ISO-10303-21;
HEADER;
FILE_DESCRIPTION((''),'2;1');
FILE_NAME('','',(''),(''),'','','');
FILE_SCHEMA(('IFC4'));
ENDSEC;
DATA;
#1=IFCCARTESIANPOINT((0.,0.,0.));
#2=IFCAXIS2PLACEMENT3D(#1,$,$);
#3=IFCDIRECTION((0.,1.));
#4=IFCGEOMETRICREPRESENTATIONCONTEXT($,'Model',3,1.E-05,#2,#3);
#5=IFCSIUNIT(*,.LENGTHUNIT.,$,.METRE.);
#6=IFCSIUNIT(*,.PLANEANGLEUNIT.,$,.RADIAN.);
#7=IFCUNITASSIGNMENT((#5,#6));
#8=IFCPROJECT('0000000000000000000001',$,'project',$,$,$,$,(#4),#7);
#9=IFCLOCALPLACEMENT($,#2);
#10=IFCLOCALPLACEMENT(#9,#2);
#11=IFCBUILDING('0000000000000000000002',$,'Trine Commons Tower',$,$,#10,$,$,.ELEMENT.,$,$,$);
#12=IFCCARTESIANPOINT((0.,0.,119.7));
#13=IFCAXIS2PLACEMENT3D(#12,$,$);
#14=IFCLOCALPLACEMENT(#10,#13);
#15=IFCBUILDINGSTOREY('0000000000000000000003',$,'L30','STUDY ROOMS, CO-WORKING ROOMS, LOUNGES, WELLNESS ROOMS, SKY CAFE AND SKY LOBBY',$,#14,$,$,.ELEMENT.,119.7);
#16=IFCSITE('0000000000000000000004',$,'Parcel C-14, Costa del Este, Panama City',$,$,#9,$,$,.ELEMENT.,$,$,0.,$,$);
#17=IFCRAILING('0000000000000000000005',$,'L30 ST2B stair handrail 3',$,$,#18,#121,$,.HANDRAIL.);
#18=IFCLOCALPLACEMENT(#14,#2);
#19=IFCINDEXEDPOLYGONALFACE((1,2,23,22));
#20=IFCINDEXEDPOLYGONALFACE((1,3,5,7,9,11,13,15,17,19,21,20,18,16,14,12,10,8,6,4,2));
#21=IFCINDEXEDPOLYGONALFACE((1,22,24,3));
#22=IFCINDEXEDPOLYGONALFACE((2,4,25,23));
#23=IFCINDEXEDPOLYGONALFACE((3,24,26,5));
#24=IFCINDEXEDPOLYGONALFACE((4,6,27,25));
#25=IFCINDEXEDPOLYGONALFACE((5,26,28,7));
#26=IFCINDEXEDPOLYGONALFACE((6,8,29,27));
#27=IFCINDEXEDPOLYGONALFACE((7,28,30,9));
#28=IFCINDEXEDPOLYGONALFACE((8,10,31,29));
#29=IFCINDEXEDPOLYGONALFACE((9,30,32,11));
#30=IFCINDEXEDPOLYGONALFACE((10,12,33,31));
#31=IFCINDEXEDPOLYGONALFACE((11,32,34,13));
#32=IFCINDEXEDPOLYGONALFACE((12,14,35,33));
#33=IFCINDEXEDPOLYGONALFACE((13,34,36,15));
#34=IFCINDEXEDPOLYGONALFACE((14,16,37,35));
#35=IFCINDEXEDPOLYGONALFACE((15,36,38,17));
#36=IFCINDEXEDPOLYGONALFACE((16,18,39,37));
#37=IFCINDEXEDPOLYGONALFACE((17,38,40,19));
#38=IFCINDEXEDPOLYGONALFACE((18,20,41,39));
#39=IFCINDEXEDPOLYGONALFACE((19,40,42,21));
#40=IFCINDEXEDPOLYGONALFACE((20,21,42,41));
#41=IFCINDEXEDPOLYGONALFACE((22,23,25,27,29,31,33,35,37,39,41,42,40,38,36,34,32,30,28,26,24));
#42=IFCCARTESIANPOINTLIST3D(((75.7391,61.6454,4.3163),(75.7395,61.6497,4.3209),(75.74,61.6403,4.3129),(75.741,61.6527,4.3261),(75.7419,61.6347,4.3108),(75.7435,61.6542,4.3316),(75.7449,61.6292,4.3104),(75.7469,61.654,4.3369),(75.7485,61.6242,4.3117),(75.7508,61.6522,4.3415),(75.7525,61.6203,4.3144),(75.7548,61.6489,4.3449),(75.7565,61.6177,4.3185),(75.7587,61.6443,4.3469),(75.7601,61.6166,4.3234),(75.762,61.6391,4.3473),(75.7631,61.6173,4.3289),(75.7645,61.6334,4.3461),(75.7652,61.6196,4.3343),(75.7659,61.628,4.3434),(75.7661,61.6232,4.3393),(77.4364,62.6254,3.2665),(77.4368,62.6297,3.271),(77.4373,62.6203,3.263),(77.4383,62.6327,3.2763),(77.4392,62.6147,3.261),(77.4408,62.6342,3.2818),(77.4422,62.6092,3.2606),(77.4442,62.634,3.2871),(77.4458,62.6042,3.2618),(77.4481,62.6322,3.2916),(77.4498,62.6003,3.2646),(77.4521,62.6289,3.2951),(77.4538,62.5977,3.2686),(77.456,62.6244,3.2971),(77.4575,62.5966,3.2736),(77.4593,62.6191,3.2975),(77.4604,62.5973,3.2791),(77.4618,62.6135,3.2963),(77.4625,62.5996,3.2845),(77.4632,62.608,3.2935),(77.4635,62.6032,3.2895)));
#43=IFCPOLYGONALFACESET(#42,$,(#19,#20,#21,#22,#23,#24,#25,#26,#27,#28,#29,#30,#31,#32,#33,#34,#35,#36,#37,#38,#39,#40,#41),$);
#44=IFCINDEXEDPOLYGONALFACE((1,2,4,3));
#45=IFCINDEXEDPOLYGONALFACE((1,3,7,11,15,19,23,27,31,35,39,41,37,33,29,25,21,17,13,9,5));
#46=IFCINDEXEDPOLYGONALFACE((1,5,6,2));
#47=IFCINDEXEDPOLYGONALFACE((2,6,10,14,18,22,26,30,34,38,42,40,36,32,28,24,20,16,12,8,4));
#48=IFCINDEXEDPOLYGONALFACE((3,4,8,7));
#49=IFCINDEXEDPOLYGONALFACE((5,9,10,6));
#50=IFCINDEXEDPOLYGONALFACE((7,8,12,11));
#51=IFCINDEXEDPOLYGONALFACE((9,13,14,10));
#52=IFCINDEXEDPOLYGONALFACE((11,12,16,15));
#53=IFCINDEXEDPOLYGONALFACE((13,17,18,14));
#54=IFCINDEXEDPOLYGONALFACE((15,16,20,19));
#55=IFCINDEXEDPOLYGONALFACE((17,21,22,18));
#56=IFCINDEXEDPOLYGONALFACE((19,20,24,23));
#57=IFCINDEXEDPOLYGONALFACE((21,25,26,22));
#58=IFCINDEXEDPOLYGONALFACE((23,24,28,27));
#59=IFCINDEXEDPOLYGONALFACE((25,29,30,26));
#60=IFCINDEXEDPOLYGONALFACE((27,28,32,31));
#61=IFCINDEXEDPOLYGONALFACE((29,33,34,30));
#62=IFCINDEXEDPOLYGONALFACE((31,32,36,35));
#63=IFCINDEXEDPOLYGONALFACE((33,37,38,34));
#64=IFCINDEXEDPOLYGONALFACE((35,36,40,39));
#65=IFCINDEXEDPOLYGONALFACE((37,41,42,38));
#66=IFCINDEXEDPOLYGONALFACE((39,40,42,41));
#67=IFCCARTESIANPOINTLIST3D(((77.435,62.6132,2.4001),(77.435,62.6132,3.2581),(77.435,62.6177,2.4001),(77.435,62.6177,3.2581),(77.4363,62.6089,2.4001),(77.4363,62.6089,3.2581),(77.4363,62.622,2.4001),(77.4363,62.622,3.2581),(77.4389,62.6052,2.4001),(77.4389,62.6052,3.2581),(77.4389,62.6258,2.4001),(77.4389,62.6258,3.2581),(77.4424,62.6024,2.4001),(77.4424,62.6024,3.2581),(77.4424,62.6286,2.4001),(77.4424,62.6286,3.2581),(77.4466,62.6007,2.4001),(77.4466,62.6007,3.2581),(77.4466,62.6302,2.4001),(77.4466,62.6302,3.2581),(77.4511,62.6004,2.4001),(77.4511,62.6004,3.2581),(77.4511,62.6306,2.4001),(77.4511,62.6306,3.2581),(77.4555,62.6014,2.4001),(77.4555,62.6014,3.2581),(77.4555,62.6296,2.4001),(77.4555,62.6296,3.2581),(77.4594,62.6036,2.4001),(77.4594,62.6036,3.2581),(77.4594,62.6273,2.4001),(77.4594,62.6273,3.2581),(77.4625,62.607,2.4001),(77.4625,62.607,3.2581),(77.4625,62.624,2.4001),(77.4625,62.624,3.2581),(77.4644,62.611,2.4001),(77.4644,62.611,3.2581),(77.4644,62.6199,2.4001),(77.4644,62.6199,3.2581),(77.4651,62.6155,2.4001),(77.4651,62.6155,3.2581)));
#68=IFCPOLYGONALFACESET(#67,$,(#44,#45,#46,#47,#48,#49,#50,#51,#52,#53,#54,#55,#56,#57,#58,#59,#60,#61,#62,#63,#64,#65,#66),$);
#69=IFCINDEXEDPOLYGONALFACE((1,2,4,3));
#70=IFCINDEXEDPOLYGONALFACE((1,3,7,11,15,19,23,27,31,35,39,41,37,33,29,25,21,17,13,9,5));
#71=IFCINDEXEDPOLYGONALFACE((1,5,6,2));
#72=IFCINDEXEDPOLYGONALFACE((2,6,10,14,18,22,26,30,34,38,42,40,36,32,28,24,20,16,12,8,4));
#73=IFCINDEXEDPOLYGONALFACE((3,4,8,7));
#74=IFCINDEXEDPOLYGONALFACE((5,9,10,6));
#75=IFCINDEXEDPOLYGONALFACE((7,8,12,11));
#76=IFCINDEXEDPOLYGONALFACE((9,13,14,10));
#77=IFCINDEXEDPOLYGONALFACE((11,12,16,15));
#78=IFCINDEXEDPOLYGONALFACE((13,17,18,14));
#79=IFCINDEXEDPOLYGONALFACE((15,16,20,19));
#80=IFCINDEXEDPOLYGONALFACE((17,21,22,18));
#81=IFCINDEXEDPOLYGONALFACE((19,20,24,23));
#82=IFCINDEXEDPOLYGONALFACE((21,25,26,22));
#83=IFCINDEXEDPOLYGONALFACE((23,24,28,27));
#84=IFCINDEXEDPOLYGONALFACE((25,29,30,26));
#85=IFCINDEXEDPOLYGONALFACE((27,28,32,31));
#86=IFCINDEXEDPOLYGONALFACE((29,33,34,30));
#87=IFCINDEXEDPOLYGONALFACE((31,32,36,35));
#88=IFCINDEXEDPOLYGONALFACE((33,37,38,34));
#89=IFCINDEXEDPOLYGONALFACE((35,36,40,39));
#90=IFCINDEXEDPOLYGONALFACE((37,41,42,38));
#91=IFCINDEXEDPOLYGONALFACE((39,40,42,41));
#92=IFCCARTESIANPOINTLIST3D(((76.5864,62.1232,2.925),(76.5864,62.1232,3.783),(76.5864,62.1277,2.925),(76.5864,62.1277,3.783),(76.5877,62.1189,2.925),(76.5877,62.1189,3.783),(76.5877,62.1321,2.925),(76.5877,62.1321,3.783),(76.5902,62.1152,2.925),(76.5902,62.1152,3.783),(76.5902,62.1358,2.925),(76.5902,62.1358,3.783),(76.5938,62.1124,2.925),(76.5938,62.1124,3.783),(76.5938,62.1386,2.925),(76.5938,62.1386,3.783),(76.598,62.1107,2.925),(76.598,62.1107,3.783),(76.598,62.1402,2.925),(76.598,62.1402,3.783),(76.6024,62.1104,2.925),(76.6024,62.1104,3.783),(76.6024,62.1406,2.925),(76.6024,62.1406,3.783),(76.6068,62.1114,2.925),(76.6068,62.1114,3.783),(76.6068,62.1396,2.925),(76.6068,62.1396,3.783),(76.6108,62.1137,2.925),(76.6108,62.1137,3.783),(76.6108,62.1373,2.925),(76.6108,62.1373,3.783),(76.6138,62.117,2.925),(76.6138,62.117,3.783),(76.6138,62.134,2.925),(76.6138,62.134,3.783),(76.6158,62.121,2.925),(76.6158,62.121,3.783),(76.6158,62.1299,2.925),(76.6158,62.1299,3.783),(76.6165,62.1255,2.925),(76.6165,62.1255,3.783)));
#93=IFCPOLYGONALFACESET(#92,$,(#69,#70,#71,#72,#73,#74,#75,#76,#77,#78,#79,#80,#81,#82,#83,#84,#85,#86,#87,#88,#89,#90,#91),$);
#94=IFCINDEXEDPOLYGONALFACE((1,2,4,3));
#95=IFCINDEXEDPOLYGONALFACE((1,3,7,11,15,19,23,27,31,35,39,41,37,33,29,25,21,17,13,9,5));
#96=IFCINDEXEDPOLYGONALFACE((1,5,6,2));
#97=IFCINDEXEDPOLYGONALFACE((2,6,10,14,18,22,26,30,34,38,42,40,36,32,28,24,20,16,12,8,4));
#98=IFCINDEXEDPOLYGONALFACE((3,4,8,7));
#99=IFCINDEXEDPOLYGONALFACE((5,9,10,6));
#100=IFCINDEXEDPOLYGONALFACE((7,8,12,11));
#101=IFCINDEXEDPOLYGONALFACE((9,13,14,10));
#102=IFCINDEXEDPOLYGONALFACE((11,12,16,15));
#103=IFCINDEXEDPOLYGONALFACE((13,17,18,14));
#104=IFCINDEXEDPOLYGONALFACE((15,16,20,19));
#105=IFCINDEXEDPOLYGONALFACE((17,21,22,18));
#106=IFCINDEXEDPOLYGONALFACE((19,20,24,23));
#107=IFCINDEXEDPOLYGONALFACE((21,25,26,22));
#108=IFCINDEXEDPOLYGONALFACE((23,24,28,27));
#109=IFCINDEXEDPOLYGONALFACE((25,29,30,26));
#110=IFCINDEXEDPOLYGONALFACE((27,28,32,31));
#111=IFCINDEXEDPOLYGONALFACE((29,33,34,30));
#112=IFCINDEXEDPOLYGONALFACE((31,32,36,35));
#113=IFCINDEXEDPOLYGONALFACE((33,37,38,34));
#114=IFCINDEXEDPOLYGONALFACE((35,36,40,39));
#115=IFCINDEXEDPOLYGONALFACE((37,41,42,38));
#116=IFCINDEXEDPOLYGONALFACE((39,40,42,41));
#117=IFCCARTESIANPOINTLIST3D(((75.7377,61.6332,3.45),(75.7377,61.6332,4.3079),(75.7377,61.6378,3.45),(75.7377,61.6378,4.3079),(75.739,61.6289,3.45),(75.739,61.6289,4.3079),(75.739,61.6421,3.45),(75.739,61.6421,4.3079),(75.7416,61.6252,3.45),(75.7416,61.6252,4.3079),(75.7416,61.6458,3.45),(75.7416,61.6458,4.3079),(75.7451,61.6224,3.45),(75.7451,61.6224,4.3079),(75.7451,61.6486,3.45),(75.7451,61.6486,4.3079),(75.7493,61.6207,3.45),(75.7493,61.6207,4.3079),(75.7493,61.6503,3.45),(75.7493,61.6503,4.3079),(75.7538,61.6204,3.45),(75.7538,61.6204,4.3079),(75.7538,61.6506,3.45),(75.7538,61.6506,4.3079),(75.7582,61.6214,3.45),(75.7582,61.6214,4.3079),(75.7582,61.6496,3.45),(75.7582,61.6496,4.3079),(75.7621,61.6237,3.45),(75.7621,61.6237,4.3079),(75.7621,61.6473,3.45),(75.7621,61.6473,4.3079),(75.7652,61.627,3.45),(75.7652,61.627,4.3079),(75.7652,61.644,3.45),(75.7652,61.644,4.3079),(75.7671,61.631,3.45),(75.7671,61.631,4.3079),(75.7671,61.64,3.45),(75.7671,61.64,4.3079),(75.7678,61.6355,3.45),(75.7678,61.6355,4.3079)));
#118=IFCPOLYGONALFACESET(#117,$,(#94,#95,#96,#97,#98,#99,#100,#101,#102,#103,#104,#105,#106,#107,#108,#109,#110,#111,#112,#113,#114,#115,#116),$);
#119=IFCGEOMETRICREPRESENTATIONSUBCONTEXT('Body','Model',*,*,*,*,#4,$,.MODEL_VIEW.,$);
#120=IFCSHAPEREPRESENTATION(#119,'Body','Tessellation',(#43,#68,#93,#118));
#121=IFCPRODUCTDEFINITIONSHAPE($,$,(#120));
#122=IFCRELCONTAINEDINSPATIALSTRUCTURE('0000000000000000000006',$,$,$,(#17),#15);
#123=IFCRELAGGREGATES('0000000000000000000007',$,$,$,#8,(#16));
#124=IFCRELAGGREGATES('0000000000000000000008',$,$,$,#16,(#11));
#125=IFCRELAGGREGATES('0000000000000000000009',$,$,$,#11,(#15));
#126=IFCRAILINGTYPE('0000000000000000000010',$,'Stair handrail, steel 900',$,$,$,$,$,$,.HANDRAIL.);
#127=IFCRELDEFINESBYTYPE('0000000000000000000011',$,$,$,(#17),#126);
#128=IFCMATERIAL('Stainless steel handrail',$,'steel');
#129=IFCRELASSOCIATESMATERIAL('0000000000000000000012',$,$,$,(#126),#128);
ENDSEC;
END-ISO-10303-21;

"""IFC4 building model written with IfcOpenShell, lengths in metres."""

from ifc_helpers import new_model, si_unit, direction, frame, origin, origin_2d, place, context, subcontext, project, spatial, circle, extrude, material, type_object, element, save


model = new_model("IFC4")

# Units and contexts
model_context = context("Model", 3, precision=1e-05, world=origin(), true_north=direction((0.0, 1.0)))
body_context = subcontext(model_context, "Body", "Model", "MODEL_VIEW")
ifc_project = project(units=[si_unit("LENGTHUNIT", "METRE"), si_unit("PLANEANGLEUNIT", "RADIAN")], contexts=[model_context])

# Site, building, storey
site_placement = place(None, origin())
site = spatial("IfcSite", under=ifc_project, at=site_placement, Name="Parcel C-14, Costa del Este, Panama City", CompositionType="ELEMENT", RefElevation=0.0)
building_placement = place(site_placement, origin())
building = spatial("IfcBuilding", under=site, at=building_placement, Name="Trine Commons Tower", CompositionType="ELEMENT")
storey_placement = place(building_placement, frame((0.0, 0.0, 119.7)))
storey = spatial("IfcBuildingStorey", under=building, at=storey_placement, Name="L30", Description="STUDY ROOMS, CO-WORKING ROOMS, LOUNGES, WELLNESS ROOMS, SKY CAFE AND SKY LOBBY", CompositionType="ELEMENT", Elevation=119.7)

# Railing
ifc_material_1 = material(Name="Stainless steel handrail", Category="steel")
railing_type_1 = type_object("IfcRailingType", Name="Stair handrail, steel 900", PredefinedType="HANDRAIL", material=ifc_material_1)
railing_1_placement = place(storey_placement, frame((77.45, 62.6155, 2.4001)))
element("IfcRailing", 1, at=railing_1_placement, inside=storey, type_object=railing_type_1, Name="L30 ST2B stair handrail 3", PredefinedType="HANDRAIL", context=body_context, shape_type="SweptSolid", body=[
    extrude(circle(Radius=0.021, at=origin_2d()), frame((0.0, 0.0, 0.8789), z_axis=(-0.763392, -0.440773, 0.472178), x_axis=(0.500024, -0.866011, 0.0)), (0.0, 0.0, 1.0), 2.2234),
    extrude(circle(Radius=0.0151, at=origin_2d()), origin(), (0.0, 0.0, 1.0), 0.8579),
    extrude(circle(Radius=0.0151, at=origin_2d()), frame((-0.8486, -0.49, 0.5249)), (0.0, 0.0, 1.0), 0.8579),
    extrude(circle(Radius=0.0151, at=origin_2d()), frame((-1.6973, -0.98, 1.0498)), (0.0, 0.0, 1.0), 0.8579),
])

save(model, "model.ifc")
